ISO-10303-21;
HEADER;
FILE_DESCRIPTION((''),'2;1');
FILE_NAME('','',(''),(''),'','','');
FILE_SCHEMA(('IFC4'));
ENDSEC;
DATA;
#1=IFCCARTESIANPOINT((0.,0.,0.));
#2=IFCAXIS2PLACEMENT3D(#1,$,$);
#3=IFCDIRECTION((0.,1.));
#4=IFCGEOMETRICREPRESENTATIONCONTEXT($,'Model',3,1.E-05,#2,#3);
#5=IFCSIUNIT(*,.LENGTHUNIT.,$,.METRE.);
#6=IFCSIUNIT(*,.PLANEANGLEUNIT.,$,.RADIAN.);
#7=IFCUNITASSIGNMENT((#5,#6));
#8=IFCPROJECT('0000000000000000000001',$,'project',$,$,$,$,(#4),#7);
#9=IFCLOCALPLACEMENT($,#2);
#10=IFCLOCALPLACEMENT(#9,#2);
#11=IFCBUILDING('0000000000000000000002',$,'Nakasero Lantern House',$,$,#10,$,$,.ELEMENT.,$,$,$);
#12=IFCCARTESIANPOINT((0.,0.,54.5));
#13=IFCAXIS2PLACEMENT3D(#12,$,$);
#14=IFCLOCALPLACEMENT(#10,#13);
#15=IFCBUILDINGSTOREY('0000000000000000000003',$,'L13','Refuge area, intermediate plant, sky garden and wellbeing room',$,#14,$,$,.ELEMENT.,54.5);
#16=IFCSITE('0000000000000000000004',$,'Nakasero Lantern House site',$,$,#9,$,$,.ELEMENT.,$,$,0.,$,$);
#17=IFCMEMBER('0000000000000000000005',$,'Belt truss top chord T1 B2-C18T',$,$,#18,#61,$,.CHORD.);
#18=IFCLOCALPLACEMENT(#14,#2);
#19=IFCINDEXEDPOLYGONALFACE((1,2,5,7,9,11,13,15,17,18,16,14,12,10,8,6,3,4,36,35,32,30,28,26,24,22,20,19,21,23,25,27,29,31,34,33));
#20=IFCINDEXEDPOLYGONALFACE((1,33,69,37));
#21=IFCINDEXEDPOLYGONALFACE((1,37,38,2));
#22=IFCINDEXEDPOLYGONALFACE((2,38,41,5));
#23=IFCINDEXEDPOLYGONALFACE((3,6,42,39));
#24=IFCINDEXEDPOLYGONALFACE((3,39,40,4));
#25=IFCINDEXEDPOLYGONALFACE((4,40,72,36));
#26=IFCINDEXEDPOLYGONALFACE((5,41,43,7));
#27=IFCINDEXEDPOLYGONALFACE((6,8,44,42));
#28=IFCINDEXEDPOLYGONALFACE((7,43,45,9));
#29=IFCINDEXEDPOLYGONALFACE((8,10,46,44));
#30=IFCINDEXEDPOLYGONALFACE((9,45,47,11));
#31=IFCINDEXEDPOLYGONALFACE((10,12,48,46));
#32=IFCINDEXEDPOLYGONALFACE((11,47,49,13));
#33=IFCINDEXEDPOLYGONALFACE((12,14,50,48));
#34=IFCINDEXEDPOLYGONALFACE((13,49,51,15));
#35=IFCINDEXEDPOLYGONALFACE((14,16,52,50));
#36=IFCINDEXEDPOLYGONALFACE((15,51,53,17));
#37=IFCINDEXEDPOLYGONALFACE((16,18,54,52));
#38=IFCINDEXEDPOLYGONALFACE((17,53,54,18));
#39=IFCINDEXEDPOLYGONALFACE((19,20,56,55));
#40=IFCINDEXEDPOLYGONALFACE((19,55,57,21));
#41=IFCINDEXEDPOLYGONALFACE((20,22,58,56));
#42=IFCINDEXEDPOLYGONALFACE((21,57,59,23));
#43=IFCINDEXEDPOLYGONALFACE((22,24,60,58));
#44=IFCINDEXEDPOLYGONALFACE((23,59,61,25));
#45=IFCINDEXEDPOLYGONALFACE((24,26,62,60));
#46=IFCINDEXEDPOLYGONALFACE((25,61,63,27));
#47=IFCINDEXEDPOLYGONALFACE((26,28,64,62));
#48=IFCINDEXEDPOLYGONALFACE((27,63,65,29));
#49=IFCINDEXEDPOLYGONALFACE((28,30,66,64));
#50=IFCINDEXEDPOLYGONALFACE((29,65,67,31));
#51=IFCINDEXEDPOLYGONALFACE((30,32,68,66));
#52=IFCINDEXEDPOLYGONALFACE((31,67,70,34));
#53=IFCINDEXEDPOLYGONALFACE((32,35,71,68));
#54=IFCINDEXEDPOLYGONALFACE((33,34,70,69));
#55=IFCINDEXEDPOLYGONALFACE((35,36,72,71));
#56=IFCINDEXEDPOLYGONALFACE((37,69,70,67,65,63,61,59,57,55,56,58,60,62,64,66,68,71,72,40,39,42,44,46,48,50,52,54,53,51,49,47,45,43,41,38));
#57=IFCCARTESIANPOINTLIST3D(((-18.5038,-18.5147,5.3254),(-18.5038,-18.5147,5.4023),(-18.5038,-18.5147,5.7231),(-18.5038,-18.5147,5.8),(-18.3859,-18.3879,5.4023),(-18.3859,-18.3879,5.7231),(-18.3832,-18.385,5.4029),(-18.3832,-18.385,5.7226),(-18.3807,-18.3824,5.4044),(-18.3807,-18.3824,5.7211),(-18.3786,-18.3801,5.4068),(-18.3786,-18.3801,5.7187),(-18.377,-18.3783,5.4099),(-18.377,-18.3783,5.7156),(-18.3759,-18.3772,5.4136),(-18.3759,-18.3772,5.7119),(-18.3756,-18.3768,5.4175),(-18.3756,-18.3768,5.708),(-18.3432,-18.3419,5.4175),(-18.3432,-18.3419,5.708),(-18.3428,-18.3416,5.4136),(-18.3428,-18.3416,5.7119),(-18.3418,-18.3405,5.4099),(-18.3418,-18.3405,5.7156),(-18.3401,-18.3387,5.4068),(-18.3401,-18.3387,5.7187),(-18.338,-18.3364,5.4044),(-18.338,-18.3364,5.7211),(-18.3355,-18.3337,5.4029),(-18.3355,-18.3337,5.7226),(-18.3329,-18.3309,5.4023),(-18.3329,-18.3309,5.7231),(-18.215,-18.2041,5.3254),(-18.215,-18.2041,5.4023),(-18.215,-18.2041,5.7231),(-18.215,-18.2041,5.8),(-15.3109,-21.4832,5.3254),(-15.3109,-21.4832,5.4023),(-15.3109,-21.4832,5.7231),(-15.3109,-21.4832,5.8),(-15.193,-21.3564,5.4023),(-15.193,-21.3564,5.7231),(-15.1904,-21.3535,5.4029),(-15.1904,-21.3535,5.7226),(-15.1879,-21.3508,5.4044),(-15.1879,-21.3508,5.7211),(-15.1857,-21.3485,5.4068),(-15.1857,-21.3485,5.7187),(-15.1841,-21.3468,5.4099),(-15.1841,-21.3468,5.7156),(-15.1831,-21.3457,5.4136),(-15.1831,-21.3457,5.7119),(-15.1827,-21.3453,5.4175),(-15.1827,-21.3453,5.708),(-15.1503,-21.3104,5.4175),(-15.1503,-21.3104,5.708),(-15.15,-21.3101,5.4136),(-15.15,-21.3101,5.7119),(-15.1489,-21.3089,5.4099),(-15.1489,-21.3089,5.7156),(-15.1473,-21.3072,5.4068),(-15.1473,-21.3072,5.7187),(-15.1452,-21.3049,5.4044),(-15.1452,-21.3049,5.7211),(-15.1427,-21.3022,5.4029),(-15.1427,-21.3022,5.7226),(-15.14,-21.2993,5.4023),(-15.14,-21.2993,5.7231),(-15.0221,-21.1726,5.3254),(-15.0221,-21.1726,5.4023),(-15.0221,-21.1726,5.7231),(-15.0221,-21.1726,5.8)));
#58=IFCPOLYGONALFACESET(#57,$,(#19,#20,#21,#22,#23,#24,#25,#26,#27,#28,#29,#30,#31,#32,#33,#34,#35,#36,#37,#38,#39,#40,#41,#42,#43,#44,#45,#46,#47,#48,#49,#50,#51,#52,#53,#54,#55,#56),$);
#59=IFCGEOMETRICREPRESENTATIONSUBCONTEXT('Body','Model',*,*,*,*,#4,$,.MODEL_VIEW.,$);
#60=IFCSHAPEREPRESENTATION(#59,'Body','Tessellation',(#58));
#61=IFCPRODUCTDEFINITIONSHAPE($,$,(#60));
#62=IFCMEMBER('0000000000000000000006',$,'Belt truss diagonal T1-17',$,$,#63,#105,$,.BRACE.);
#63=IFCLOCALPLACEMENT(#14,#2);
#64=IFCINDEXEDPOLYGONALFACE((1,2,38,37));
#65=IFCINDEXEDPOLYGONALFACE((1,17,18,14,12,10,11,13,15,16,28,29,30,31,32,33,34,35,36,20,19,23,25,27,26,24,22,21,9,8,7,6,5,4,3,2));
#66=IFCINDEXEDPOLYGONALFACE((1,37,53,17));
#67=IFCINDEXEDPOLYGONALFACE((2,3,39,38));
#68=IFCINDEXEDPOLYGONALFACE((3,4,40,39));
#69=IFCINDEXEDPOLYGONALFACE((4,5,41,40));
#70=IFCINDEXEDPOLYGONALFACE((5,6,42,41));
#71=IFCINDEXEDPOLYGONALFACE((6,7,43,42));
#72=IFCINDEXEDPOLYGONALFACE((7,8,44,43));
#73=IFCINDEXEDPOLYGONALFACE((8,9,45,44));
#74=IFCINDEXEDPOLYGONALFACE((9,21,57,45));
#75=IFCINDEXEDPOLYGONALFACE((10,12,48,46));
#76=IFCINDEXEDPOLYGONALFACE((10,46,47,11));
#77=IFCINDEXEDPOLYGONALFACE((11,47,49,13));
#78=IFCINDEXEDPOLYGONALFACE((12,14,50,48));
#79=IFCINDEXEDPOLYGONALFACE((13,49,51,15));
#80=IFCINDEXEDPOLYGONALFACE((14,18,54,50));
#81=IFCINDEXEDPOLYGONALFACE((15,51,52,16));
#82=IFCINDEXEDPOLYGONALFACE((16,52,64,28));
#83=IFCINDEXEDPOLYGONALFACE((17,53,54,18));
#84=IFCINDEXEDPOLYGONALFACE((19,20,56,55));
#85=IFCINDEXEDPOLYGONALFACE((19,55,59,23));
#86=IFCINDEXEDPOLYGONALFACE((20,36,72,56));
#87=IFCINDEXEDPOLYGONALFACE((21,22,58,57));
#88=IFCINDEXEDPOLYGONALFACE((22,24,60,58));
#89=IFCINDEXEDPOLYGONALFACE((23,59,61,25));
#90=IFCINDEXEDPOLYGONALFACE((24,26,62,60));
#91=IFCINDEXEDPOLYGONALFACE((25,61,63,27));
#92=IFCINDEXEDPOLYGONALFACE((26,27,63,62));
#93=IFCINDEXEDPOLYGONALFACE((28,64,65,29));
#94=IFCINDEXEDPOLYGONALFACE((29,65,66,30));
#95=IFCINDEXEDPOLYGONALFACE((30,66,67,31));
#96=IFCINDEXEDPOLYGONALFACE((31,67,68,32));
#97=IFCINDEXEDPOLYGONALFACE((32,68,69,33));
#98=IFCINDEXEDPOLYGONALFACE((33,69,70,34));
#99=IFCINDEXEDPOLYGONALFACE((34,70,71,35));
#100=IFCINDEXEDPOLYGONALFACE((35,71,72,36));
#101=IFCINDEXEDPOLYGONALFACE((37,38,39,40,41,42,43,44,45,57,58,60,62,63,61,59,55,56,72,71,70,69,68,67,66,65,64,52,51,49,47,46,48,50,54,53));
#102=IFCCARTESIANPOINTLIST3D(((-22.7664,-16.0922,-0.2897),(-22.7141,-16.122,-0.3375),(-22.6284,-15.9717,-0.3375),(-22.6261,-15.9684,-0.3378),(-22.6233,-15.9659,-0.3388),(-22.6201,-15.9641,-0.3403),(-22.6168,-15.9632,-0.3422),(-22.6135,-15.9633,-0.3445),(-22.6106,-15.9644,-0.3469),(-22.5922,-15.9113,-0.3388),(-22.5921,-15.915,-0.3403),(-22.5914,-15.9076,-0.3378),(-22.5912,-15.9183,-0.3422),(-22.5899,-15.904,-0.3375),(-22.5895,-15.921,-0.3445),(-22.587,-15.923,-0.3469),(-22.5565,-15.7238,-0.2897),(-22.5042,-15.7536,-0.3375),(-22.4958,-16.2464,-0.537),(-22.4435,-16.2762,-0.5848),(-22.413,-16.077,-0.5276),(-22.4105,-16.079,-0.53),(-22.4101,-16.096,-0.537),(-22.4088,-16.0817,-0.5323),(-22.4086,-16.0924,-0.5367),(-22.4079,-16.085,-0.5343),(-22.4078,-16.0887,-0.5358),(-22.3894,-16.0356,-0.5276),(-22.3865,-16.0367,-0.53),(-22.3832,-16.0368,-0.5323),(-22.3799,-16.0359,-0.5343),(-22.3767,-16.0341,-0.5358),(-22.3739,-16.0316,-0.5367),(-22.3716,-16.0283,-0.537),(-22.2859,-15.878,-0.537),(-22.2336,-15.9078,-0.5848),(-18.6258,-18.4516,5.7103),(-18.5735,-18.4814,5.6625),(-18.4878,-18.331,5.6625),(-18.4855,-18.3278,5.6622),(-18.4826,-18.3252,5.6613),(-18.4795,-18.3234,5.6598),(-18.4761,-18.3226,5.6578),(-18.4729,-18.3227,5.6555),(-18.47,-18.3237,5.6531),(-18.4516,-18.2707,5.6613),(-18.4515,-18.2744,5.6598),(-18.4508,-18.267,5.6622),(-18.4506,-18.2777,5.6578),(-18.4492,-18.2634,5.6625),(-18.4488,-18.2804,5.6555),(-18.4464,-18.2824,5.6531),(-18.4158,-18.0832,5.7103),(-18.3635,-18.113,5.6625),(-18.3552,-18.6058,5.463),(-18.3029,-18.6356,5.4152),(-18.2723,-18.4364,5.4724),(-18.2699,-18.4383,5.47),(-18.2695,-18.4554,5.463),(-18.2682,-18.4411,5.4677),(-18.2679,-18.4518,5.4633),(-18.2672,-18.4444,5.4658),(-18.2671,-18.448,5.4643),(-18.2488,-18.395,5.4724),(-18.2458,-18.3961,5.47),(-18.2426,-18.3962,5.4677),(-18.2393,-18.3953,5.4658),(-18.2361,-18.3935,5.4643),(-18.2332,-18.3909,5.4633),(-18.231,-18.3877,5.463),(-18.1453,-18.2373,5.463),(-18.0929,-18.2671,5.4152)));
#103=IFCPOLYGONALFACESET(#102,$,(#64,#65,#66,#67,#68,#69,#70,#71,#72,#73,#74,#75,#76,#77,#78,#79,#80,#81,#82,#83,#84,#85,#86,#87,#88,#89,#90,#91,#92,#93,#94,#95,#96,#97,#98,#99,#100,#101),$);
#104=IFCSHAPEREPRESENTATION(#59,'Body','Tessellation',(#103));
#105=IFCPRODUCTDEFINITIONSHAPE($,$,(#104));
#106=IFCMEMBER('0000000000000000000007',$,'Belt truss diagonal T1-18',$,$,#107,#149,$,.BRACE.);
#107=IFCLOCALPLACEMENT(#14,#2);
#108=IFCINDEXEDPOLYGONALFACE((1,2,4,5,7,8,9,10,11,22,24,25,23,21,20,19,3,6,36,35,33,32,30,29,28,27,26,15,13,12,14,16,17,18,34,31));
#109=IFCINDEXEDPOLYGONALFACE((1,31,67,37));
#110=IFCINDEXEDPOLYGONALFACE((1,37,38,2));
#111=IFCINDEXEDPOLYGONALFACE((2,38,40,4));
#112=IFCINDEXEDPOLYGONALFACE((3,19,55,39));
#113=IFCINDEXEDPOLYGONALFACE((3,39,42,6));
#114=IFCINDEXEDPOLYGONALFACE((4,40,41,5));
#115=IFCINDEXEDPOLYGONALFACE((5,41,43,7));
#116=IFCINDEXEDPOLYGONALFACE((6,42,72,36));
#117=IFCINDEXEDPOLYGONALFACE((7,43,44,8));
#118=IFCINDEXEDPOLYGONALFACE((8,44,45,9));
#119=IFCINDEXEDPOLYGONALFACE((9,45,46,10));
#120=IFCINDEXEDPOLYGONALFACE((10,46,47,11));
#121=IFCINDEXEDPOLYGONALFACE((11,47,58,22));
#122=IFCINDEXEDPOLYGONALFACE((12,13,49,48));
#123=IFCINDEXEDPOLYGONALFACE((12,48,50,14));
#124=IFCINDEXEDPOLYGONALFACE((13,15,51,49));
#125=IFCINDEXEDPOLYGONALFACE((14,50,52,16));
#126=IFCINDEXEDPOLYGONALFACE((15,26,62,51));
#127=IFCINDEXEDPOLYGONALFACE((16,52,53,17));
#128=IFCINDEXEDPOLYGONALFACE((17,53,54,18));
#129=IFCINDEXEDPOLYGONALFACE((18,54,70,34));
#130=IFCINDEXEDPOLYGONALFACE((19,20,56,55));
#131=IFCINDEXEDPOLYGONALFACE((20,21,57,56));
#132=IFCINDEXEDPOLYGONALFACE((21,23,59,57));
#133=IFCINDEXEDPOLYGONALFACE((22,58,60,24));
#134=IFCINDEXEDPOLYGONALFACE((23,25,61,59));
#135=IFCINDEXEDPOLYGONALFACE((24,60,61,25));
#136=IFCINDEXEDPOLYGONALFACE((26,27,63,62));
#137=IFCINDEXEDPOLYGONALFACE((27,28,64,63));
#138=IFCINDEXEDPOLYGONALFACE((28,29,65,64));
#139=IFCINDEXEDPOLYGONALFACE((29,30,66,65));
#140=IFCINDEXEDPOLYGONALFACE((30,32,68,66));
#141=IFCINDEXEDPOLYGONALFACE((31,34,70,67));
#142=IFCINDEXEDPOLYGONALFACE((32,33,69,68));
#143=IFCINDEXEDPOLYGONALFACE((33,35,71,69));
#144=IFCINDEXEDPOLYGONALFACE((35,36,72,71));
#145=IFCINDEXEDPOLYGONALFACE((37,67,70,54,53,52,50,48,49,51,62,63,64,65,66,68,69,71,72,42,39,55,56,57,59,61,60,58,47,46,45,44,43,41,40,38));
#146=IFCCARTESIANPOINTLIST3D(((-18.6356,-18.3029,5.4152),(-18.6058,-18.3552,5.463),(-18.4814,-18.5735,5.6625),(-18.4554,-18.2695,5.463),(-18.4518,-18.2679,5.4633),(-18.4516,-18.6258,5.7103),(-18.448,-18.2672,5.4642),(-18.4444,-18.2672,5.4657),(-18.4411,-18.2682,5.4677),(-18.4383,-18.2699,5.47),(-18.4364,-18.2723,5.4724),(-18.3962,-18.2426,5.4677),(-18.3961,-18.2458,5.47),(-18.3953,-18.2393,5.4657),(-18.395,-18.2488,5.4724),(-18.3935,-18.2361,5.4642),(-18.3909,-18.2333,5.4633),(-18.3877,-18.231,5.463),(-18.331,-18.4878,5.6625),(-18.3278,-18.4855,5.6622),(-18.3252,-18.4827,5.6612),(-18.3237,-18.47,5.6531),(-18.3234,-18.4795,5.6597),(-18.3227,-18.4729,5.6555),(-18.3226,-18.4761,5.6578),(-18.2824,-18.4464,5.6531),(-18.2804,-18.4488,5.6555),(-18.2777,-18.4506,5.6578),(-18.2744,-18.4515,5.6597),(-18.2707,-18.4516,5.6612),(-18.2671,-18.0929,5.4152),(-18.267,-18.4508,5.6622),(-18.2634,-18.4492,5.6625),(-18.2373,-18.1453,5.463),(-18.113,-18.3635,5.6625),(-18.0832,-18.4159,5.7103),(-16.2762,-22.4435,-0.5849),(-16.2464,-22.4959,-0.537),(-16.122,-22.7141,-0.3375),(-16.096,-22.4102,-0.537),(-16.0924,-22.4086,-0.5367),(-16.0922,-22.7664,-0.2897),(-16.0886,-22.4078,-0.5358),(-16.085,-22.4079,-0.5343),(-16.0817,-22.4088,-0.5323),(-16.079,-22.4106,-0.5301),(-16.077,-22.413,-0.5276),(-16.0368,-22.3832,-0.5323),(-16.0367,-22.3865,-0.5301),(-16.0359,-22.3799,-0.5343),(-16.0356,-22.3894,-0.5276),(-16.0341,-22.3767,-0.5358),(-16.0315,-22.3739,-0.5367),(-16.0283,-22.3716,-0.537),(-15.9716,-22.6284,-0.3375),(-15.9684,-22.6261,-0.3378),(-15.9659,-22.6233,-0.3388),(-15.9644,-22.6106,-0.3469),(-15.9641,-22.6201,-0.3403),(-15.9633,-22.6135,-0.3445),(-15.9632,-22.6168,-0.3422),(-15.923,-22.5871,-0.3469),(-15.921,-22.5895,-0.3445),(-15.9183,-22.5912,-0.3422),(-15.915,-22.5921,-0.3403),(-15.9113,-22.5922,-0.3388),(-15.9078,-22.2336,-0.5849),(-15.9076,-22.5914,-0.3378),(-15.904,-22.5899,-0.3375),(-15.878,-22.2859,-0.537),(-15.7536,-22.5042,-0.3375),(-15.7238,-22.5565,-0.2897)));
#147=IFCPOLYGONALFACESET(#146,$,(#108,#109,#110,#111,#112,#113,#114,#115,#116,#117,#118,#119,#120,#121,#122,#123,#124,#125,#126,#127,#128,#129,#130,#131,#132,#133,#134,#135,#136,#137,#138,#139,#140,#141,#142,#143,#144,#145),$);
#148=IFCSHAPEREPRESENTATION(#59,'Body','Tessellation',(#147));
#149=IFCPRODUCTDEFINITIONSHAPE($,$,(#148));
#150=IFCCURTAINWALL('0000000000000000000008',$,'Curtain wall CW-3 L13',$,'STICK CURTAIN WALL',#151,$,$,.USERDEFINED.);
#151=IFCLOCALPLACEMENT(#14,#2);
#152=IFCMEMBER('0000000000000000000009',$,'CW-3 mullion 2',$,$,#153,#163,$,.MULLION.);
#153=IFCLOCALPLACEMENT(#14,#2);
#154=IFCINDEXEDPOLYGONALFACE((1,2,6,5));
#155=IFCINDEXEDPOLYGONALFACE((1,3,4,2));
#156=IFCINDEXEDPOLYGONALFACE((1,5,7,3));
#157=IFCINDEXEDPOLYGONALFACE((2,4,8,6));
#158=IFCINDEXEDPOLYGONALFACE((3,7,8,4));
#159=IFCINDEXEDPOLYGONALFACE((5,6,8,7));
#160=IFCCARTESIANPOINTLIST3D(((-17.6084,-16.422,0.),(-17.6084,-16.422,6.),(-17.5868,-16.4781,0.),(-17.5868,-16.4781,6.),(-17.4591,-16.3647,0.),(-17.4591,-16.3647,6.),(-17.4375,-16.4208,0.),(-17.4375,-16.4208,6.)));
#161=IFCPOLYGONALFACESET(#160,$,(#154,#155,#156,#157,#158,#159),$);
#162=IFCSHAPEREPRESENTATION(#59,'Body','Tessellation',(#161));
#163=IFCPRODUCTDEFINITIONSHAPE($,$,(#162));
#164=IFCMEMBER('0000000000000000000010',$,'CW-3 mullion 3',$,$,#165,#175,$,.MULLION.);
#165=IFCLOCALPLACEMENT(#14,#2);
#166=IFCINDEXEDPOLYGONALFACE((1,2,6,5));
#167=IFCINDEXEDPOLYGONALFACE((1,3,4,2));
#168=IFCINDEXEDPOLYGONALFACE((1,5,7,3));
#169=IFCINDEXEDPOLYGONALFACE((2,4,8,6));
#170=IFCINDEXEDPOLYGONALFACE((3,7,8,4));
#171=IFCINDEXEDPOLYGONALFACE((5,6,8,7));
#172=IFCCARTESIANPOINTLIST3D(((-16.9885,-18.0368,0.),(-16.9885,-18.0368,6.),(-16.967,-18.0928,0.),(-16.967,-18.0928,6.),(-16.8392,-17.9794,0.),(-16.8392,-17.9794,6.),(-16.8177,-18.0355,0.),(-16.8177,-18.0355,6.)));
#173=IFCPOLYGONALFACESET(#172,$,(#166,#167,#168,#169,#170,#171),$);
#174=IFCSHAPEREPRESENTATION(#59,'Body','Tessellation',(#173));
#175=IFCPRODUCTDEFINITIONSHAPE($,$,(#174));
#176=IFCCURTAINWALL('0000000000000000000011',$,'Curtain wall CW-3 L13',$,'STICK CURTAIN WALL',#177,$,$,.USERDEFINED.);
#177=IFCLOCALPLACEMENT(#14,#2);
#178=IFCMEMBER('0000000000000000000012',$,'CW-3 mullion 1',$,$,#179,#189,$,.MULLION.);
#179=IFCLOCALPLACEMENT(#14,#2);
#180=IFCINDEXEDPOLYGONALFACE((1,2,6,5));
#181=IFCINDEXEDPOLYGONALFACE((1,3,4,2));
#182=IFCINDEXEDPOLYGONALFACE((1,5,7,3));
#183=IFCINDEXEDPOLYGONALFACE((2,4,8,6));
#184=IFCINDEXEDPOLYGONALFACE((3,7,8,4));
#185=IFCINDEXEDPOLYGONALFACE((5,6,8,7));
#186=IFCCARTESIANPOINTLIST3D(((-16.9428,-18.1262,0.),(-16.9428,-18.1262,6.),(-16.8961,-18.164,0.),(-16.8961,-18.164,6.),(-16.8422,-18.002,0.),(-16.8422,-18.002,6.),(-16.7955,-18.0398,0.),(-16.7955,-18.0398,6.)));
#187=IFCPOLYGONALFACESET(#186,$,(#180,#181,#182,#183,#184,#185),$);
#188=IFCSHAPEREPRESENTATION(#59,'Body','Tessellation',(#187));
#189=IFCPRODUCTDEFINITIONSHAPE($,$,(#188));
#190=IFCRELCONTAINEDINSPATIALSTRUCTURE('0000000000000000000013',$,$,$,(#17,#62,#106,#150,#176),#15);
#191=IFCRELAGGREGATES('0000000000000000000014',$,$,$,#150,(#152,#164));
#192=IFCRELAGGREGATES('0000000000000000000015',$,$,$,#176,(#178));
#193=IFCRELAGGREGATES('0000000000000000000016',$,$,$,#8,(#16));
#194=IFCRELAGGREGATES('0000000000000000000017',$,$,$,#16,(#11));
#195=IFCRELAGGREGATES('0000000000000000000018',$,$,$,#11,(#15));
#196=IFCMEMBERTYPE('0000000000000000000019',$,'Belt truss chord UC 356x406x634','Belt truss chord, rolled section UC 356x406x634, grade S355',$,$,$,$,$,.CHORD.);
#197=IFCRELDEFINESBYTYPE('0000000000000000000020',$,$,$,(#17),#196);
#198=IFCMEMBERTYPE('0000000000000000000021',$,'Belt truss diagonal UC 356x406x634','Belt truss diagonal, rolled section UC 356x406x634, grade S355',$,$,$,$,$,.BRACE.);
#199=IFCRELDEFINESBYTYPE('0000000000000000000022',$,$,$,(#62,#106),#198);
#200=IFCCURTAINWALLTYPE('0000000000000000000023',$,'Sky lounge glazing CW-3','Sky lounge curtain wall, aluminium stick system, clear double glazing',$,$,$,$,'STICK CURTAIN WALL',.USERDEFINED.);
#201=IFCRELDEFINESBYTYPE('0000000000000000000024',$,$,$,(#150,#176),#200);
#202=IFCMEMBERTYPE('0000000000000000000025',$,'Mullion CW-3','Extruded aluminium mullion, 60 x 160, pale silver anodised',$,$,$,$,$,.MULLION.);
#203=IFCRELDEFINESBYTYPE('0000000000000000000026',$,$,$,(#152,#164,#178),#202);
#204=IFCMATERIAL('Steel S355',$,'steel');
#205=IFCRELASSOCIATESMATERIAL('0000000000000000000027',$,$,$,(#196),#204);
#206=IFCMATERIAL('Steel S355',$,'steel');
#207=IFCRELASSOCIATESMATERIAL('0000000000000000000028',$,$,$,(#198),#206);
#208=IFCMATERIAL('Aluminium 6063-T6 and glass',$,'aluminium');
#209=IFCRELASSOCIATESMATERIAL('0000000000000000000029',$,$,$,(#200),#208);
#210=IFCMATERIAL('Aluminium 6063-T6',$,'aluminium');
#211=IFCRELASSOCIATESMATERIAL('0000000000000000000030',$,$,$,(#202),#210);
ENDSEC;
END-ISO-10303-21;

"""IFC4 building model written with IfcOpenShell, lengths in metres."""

from ifc_helpers import new_model, si_unit, direction, frame, origin, origin_2d, place, context, subcontext, project, spatial, rectangle, i_section, extrude, material, material_profile, profile_set, type_object, element, aggregate, save


model = new_model("IFC4")

# Units and contexts
model_context = context("Model", 3, precision=1e-05, world=origin(), true_north=direction((0.0, 1.0)))
body_context = subcontext(model_context, "Body", "Model", "MODEL_VIEW")
ifc_project = project(units=[si_unit("LENGTHUNIT", "METRE"), si_unit("PLANEANGLEUNIT", "RADIAN")], contexts=[model_context])

# Site, building, storey
site_placement = place(None, origin())
site = spatial("IfcSite", under=ifc_project, at=site_placement, Name="Nakasero Lantern House site", CompositionType="ELEMENT", RefElevation=0.0)
building_placement = place(site_placement, origin())
building = spatial("IfcBuilding", under=site, at=building_placement, Name="Nakasero Lantern House", CompositionType="ELEMENT")
storey_placement = place(building_placement, frame((0.0, 0.0, 54.5)))
storey = spatial("IfcBuildingStorey", under=building, at=storey_placement, Name="L13", Description="Refuge area, intermediate plant, sky garden and wellbeing room", CompositionType="ELEMENT", Elevation=54.5)

# Members
ifc_material_1 = material(Name="Steel S355", Category="steel")
ifc_material_profile_1 = material_profile(ifc_material_1, i_section(OverallWidth=0.4241, OverallDepth=0.4746, WebThickness=0.0476, FlangeThickness=0.0769, FilletRadius=0.0151, at=origin_2d()), Name="UC 356x406x634")
ifc_profile_set_1 = profile_set([ifc_material_profile_1], Name="Steel S355")
member_type_1 = type_object("IfcMemberType", Name="Belt truss chord UC 356x406x634", Description="Belt truss chord, rolled section UC 356x406x634, grade S355", PredefinedType="CHORD", material=ifc_profile_set_1)
member_1_placement = place(storey_placement, frame((-18.3594, -18.3594, 5.5627), z_axis=(0.732371, -0.680906, 0.0), x_axis=(0.680906, 0.732371, 0.0)))
element("IfcMember", 1, at=member_1_placement, inside=storey, type_object=member_type_1, Name="Belt truss top chord T1 B2-C18T", PredefinedType="CHORD", context=body_context, shape_type="SweptSolid", body=[
    extrude(i_section(OverallWidth=0.4241, OverallDepth=0.4746, WebThickness=0.0476, FlangeThickness=0.0769, FilletRadius=0.0151, at=origin_2d()), origin(), (0.0, 0.0, 1.0), 4.3596),
])
ifc_material_2 = material(Name="Steel S355", Category="steel")
ifc_material_profile_2 = material_profile(ifc_material_2, i_section(OverallWidth=0.4241, OverallDepth=0.4746, WebThickness=0.0476, FlangeThickness=0.0769, FilletRadius=0.0151, at=origin_2d()), Name="UC 356x406x634")
ifc_profile_set_2 = profile_set([ifc_material_profile_2], Name="Steel S355")
member_type_2 = type_object("IfcMemberType", Name="Belt truss diagonal UC 356x406x634", Description="Belt truss diagonal, rolled section UC 356x406x634, grade S355", PredefinedType="BRACE", material=ifc_profile_set_2)
for number, where, z_axis, x_axis, name in (
    (2, (-22.5, -16.0, -0.4373), (0.540387, -0.307918, 0.783051), (0.495079, 0.868848, 0.0), "Belt truss diagonal T1-17"),
    (3, (-18.3594, -18.3594, 5.5627), (0.307918, -0.540387, -0.783051), (0.868848, 0.495079, 0.0), "Belt truss diagonal T1-18"),
):
    element("IfcMember", number, at=place(storey_placement, frame(where, z_axis=z_axis, x_axis=x_axis)), inside=storey, type_object=member_type_2, Name=name, PredefinedType="BRACE", context=body_context, shape_type="SweptSolid", body=[
        extrude(i_section(OverallWidth=0.4241, OverallDepth=0.4746, WebThickness=0.0476, FlangeThickness=0.0769, FilletRadius=0.0151, at=origin_2d()), origin(), (0.0, 0.0, 1.0), 7.6624),
    ])

# Curtain wall, members
ifc_material_3 = material(Name="Aluminium 6063-T6 and glass", Category="aluminium")
curtain_wall_type = type_object("IfcCurtainWallType", Name="Sky lounge glazing CW-3", Description="Sky lounge curtain wall, aluminium stick system, clear double glazing", ElementType="STICK CURTAIN WALL", PredefinedType="USERDEFINED", material=ifc_material_3)
curtain_wall_1_placement = place(storey_placement, origin())
curtain_wall_1 = element("IfcCurtainWall", 4, at=curtain_wall_1_placement, inside=storey, type_object=curtain_wall_type, Name="Curtain wall CW-3 L13", ObjectType="STICK CURTAIN WALL", PredefinedType="USERDEFINED")
ifc_material_4 = material(Name="Aluminium 6063-T6", Category="aluminium")
ifc_material_profile_3 = material_profile(ifc_material_4, rectangle(XDim=0.0601, YDim=0.1599, at=origin_2d()), Name="CW-3 mullion 60x160")
ifc_profile_set_3 = profile_set([ifc_material_profile_3], Name="Aluminium 6063-T6")
member_type_3 = type_object("IfcMemberType", Name="Mullion CW-3", Description="Extruded aluminium mullion, 60 x 160, pale silver anodised", PredefinedType="MULLION", material=ifc_profile_set_3)
member_2_placement = place(storey_placement, frame((-17.5229, -16.4214, 0.0), z_axis=(0.0, 0.0, 1.0), x_axis=(0.358368, -0.93358, 0.0)))
member_2 = element("IfcMember", 5, at=member_2_placement, type_object=member_type_3, Name="CW-3 mullion 2", PredefinedType="MULLION", context=body_context, shape_type="SweptSolid", body=[
    extrude(rectangle(XDim=0.0601, YDim=0.1599, at=origin_2d()), origin(), (0.0, 0.0, 1.0), 6.0),
])
member_3_placement = place(storey_placement, frame((-16.9031, -18.0361, 0.0), z_axis=(0.0, 0.0, 1.0), x_axis=(0.358368, -0.93358, 0.0)))
member_3 = element("IfcMember", 6, at=member_3_placement, type_object=member_type_3, Name="CW-3 mullion 3", PredefinedType="MULLION", context=body_context, shape_type="SweptSolid", body=[
    extrude(rectangle(XDim=0.0601, YDim=0.1599, at=origin_2d()), origin(), (0.0, 0.0, 1.0), 6.0),
])

# Curtain wall, member
curtain_wall_2_placement = place(storey_placement, origin())
curtain_wall_2 = element("IfcCurtainWall", 7, at=curtain_wall_2_placement, inside=storey, type_object=curtain_wall_type, Name="Curtain wall CW-3 L13", ObjectType="STICK CURTAIN WALL", PredefinedType="USERDEFINED")
member_4_placement = place(storey_placement, frame((-16.8691, -18.083, 0.0), z_axis=(0.0, 0.0, 1.0), x_axis=(0.777146, -0.62932, 0.0)))
member_4 = element("IfcMember", 8, at=member_4_placement, type_object=member_type_3, Name="CW-3 mullion 1", PredefinedType="MULLION", context=body_context, shape_type="SweptSolid", body=[
    extrude(rectangle(XDim=0.0601, YDim=0.1599, at=origin_2d()), origin(), (0.0, 0.0, 1.0), 6.0),
])

aggregate(curtain_wall_1, [member_2, member_3])
aggregate(curtain_wall_2, [member_4])

save(model, "model.ifc")
